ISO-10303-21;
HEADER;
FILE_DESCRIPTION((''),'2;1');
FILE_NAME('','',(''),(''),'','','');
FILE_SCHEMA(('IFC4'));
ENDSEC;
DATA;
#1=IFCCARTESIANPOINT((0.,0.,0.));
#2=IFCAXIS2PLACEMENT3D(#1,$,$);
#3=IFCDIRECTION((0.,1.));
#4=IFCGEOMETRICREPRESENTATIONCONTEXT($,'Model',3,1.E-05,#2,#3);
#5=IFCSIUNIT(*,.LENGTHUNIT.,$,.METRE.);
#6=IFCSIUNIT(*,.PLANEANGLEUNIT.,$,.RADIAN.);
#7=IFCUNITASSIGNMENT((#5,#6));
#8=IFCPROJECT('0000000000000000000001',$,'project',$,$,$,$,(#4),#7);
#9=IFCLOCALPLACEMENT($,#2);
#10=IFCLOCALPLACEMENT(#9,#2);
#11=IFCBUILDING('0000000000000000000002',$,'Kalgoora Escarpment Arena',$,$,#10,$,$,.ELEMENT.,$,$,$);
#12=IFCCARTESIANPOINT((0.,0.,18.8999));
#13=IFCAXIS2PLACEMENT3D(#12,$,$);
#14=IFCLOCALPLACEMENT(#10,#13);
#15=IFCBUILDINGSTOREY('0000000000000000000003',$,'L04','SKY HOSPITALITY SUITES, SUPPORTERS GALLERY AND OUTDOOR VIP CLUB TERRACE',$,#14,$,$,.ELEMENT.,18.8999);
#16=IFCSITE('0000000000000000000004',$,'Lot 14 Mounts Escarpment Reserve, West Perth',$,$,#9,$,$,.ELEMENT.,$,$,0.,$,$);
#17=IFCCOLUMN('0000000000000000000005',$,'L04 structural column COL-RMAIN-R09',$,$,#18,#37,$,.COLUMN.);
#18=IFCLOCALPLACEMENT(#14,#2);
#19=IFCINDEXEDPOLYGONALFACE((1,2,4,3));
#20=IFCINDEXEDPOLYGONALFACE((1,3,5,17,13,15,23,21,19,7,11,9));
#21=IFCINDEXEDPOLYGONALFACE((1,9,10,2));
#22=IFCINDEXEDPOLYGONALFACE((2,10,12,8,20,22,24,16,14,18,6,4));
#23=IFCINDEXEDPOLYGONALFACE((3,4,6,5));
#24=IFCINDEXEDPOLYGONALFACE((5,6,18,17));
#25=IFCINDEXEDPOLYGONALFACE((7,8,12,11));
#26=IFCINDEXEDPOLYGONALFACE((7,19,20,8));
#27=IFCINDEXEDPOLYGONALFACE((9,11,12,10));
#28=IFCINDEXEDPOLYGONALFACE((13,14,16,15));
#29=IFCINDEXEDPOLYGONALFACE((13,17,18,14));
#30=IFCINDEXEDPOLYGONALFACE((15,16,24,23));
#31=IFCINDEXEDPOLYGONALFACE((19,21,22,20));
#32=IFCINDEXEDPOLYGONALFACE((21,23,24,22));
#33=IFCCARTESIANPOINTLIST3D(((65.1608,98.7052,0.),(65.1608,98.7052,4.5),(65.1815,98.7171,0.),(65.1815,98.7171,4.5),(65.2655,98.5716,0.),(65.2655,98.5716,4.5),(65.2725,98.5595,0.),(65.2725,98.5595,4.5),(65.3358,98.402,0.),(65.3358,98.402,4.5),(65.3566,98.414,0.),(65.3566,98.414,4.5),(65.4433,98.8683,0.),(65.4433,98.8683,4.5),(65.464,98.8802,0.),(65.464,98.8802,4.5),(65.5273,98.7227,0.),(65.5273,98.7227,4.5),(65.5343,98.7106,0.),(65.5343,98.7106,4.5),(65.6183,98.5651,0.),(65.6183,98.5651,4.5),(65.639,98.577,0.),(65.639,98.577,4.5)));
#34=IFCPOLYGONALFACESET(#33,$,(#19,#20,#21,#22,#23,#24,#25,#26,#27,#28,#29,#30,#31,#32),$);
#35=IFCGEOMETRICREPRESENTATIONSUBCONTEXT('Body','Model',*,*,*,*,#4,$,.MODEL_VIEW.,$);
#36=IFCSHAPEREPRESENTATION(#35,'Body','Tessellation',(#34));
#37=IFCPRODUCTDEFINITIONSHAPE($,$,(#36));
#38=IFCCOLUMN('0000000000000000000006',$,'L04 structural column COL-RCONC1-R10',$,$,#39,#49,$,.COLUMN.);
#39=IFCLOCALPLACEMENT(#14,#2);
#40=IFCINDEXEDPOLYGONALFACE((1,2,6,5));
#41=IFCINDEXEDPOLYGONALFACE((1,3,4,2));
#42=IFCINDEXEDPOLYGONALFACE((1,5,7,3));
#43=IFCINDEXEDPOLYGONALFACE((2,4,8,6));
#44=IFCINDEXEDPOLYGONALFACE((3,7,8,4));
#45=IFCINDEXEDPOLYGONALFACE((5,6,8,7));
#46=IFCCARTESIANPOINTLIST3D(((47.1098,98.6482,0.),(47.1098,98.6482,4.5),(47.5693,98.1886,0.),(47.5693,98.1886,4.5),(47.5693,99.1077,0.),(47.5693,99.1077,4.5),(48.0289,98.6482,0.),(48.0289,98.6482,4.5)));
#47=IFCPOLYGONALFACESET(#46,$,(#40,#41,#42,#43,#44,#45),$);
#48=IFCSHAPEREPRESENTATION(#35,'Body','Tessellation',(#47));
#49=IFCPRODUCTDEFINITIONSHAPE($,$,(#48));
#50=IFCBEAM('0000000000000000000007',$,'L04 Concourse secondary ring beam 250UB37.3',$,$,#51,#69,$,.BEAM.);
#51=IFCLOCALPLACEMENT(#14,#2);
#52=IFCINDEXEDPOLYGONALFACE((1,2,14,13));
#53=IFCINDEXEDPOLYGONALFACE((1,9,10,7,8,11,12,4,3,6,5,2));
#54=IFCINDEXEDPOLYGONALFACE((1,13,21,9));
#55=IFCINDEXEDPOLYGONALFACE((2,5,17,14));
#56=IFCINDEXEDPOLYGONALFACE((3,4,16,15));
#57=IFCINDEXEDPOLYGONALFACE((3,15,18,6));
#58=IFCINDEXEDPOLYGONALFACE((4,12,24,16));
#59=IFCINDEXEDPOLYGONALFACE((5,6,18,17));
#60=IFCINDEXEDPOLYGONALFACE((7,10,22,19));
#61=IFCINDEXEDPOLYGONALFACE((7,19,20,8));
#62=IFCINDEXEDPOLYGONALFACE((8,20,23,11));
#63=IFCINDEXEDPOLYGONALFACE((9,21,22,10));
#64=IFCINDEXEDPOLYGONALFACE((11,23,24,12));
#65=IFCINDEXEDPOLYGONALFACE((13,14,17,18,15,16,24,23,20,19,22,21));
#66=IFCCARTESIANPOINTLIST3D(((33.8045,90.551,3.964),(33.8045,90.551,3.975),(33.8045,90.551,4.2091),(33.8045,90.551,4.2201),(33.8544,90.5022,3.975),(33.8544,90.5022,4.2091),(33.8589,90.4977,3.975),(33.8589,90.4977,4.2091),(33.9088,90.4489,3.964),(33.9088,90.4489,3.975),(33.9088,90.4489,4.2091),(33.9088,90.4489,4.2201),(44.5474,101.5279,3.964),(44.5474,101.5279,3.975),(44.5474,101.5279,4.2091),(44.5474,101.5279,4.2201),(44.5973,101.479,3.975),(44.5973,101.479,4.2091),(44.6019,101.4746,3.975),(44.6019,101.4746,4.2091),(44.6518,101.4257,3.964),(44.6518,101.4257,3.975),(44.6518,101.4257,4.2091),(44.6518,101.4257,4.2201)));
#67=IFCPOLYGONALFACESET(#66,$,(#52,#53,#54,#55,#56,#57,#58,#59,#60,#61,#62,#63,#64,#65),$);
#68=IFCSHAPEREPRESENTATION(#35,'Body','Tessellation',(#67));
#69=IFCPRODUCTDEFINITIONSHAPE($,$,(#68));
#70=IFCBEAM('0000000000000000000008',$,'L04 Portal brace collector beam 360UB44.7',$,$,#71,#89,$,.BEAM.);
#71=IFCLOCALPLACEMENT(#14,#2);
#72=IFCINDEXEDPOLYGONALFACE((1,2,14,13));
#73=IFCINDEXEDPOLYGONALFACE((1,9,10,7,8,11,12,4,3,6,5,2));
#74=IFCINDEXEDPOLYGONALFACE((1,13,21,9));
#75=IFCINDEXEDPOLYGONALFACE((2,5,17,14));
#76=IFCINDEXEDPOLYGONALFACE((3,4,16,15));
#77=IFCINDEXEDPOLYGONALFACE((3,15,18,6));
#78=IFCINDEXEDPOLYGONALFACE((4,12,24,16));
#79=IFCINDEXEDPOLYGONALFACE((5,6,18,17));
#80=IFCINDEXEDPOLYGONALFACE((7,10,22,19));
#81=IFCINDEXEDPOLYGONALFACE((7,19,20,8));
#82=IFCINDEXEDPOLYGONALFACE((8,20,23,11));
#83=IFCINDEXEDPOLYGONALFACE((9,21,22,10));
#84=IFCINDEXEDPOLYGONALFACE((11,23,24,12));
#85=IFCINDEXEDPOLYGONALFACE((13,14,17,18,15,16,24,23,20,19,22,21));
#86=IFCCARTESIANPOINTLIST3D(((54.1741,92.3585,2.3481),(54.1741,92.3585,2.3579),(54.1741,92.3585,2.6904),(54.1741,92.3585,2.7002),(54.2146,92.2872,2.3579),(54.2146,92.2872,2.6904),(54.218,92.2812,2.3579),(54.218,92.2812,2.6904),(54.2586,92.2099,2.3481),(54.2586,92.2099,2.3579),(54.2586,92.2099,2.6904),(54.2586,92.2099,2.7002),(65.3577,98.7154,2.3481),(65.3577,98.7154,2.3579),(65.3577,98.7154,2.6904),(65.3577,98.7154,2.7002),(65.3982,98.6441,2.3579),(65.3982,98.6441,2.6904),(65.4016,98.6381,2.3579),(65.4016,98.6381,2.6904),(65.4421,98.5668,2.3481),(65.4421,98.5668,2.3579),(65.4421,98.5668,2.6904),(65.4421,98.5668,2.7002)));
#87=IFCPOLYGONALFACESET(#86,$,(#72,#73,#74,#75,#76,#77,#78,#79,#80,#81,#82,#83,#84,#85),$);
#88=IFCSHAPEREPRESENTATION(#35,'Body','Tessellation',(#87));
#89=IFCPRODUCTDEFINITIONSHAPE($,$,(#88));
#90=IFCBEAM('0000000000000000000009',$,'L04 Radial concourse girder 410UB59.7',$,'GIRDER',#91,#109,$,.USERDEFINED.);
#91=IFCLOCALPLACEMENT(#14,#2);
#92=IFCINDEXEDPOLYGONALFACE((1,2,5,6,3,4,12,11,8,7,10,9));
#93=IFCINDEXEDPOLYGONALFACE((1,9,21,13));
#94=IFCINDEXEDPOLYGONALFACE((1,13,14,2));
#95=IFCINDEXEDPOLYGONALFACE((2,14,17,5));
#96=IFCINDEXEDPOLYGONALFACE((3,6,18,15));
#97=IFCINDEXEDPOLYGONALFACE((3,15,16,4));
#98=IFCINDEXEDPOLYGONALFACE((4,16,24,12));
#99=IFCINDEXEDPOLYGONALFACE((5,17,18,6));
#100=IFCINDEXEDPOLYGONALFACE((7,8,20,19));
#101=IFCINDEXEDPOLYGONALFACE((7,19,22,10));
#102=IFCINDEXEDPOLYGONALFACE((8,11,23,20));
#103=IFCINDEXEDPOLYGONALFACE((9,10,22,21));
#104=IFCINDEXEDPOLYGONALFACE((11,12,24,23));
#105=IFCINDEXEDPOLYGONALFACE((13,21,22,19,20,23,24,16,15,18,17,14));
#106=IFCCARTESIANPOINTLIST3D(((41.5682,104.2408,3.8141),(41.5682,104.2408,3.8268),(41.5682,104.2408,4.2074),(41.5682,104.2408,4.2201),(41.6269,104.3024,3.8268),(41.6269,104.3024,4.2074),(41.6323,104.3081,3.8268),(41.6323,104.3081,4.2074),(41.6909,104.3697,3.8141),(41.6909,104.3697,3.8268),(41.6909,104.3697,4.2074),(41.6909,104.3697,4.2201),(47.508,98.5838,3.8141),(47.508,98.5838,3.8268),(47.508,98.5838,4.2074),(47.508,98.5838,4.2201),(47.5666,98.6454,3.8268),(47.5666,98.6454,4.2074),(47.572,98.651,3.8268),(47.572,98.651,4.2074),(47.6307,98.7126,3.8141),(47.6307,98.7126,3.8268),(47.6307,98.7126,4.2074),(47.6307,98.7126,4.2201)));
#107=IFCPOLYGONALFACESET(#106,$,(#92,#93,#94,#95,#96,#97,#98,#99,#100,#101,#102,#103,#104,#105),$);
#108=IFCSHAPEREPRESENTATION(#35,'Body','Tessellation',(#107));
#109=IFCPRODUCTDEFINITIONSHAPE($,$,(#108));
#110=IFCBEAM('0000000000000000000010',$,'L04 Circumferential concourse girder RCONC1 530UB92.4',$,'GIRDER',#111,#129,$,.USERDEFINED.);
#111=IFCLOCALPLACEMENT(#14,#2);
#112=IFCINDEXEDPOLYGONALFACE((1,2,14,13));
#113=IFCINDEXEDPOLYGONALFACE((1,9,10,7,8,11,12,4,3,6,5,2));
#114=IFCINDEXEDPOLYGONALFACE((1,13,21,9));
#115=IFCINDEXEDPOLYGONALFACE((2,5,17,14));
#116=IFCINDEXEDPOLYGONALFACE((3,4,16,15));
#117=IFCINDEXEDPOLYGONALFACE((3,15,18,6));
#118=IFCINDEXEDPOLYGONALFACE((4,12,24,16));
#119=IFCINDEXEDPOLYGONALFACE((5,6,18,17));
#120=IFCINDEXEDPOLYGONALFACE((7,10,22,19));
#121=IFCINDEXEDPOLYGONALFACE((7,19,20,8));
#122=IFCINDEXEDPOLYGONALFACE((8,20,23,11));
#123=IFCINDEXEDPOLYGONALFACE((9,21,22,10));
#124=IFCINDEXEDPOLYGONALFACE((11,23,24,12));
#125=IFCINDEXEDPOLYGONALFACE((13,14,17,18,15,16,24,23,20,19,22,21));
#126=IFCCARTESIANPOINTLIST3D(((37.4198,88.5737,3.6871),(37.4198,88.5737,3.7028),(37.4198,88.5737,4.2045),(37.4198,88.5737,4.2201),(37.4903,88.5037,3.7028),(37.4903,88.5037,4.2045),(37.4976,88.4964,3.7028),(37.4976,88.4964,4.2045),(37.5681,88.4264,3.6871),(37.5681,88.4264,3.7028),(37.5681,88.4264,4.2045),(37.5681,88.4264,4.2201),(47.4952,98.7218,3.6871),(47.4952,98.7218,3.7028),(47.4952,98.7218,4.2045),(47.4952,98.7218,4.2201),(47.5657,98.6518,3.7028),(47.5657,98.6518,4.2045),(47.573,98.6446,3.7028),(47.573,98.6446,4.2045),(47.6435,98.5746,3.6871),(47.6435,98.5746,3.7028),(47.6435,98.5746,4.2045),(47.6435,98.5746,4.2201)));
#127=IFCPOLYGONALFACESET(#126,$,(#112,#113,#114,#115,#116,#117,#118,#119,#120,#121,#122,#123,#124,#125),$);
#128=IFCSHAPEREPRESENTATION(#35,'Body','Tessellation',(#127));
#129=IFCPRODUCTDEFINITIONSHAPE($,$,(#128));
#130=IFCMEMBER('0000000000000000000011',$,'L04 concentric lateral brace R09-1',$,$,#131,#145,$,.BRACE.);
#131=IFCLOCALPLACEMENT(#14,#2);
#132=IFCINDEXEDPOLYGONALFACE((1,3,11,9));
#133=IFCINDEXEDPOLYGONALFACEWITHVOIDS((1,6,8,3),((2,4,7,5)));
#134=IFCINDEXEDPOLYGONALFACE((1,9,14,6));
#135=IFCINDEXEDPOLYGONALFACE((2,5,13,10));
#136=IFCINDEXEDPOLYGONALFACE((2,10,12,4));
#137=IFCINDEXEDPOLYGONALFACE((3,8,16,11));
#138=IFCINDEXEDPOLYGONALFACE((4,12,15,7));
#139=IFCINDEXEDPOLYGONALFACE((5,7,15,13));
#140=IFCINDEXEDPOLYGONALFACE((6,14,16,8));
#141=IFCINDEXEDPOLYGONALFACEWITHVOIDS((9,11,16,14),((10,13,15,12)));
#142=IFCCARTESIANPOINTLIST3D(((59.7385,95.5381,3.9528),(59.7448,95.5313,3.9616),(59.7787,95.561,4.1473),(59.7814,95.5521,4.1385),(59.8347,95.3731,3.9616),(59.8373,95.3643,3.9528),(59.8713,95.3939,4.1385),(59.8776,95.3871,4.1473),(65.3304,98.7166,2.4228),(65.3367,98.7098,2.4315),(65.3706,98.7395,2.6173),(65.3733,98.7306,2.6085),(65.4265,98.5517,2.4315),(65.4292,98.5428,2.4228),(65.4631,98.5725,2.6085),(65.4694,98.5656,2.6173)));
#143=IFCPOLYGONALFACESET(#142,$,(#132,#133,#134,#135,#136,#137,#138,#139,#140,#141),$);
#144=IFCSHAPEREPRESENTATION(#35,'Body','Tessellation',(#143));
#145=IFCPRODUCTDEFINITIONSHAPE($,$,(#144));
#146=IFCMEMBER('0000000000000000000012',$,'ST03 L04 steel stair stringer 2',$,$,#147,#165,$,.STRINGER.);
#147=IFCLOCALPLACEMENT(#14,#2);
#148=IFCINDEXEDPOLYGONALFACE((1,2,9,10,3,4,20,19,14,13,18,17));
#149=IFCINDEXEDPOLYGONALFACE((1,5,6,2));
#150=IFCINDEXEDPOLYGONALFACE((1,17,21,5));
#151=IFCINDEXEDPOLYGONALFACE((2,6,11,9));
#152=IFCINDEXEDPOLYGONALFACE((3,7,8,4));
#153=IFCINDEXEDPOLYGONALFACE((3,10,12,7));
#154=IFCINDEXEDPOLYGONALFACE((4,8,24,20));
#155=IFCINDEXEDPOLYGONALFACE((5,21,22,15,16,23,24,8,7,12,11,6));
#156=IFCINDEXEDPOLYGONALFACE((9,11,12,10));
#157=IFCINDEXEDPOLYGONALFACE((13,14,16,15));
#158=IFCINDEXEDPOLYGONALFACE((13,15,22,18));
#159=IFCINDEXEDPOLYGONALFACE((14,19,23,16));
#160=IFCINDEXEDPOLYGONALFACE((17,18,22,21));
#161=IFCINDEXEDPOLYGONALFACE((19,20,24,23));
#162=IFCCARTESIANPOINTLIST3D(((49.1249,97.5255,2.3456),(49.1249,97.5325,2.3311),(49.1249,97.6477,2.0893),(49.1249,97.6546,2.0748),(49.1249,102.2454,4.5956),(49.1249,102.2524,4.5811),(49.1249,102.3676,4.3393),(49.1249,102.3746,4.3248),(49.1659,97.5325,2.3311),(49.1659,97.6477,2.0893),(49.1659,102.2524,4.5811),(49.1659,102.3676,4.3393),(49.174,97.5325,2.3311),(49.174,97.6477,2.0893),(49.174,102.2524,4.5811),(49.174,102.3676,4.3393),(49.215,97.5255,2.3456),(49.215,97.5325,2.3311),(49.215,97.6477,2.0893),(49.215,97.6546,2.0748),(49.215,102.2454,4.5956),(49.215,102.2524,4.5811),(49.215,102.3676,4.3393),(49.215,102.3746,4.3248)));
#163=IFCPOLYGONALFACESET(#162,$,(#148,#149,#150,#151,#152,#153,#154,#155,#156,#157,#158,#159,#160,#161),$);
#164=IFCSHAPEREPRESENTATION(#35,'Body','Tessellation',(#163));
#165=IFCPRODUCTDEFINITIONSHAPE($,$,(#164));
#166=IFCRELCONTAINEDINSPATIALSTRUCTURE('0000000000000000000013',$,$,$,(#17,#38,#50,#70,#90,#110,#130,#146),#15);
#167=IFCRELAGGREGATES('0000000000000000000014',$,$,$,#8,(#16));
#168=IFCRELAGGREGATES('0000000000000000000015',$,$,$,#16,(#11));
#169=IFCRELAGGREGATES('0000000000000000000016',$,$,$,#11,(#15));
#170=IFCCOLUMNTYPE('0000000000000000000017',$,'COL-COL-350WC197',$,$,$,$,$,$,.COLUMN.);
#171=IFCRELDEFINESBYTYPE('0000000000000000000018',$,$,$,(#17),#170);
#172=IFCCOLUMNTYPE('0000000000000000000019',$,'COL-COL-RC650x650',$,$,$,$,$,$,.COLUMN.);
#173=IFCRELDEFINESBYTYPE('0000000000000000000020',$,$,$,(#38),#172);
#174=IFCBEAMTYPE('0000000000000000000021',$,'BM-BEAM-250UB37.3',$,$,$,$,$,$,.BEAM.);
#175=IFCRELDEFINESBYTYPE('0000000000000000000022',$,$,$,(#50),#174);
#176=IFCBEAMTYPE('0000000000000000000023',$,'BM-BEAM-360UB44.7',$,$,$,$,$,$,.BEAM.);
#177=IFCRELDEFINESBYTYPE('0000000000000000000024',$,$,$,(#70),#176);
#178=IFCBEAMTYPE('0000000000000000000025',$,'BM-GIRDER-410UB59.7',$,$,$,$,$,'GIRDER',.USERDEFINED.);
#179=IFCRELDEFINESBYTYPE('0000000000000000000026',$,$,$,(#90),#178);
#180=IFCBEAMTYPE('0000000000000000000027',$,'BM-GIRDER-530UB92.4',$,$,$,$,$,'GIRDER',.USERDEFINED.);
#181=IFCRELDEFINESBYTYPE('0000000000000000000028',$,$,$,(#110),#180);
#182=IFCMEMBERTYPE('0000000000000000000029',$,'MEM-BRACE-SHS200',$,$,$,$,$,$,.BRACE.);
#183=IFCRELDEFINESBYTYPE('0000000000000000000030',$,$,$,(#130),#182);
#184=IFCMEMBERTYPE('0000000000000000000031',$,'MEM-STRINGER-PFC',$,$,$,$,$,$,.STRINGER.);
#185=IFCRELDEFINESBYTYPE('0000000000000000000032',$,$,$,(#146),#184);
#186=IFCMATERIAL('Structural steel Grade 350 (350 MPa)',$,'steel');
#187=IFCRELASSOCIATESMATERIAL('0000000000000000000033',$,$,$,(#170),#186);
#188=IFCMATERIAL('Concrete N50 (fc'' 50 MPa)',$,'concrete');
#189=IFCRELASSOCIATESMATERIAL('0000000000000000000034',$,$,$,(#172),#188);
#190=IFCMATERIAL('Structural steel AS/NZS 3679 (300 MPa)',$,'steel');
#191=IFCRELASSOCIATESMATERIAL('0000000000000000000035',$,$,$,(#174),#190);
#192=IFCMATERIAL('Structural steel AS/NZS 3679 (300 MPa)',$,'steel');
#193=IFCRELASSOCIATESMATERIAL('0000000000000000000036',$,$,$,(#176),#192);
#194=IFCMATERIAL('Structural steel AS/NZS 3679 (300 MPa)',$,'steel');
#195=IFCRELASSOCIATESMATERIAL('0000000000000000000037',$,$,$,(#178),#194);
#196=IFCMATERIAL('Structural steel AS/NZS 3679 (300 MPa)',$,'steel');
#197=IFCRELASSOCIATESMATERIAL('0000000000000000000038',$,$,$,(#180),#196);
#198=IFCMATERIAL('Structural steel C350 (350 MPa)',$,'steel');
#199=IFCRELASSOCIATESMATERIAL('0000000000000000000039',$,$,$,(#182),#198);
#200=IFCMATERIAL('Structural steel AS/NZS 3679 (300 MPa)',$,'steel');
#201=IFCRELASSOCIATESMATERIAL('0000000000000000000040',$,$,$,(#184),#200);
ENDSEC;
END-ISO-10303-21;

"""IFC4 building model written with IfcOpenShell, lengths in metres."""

from ifc_helpers import new_model, si_unit, direction, frame, origin, origin_2d, place, context, subcontext, project, spatial, rectangle, hollow_rectangle, i_section, extrude, material, material_profile, profile_set, type_object, element, save


model = new_model("IFC4")

# Units and contexts
model_context = context("Model", 3, precision=1e-05, world=origin(), true_north=direction((0.0, 1.0)))
body_context = subcontext(model_context, "Body", "Model", "MODEL_VIEW")
ifc_project = project(units=[si_unit("LENGTHUNIT", "METRE"), si_unit("PLANEANGLEUNIT", "RADIAN")], contexts=[model_context])

# Site, building, storey
site_placement = place(None, origin())
site = spatial("IfcSite", under=ifc_project, at=site_placement, Name="Lot 14 Mounts Escarpment Reserve, West Perth", CompositionType="ELEMENT", RefElevation=0.0)
building_placement = place(site_placement, origin())
building = spatial("IfcBuilding", under=site, at=building_placement, Name="Kalgoora Escarpment Arena", CompositionType="ELEMENT")
storey_placement = place(building_placement, frame((0.0, 0.0, 18.8999)))
storey = spatial("IfcBuildingStorey", under=building, at=storey_placement, Name="L04", Description="SKY HOSPITALITY SUITES, SUPPORTERS GALLERY AND OUTDOOR VIP CLUB TERRACE", CompositionType="ELEMENT", Elevation=18.8999)

# Columns
ifc_material_1 = material(Name="Structural steel Grade 350 (350 MPa)", Category="steel")
ifc_material_profile_1 = material_profile(ifc_material_1, i_section(OverallWidth=0.3501, OverallDepth=0.3501, WebThickness=0.0139, FlangeThickness=0.0239, at=origin_2d()))
ifc_profile_set_1 = profile_set([ifc_material_profile_1], Name="Structural steel Grade 350 (350 MPa)")
column_type_1 = type_object("IfcColumnType", Name="COL-COL-350WC197", PredefinedType="COLUMN", material=ifc_profile_set_1)
column_1_placement = place(storey_placement, frame((65.3999, 98.6411, 0.0), z_axis=(0.0, 0.0, 1.0), x_axis=(-0.5, 0.866025, 0.0)))
element("IfcColumn", 1, at=column_1_placement, inside=storey, type_object=column_type_1, Name="L04 structural column COL-RMAIN-R09", PredefinedType="COLUMN", context=body_context, shape_type="SweptSolid", body=[
    extrude(i_section(OverallWidth=0.3501, OverallDepth=0.3501, WebThickness=0.0139, FlangeThickness=0.0239, at=origin_2d()), origin(), (0.0, 0.0, 1.0), 4.5),
])
ifc_material_2 = material(Name="Concrete N50 (fc' 50 MPa)", Category="concrete")
ifc_material_profile_2 = material_profile(ifc_material_2, rectangle(XDim=0.6499, YDim=0.6499, at=origin_2d()))
ifc_profile_set_2 = profile_set([ifc_material_profile_2], Name="Concrete N50 (fc' 50 MPa)")
column_type_2 = type_object("IfcColumnType", Name="COL-COL-RC650x650", PredefinedType="COLUMN", material=ifc_profile_set_2)
column_2_placement = place(storey_placement, frame((47.5693, 98.6482, 0.0), z_axis=(0.0, 0.0, 1.0), x_axis=(-0.707107, 0.707107, 0.0)))
element("IfcColumn", 2, at=column_2_placement, inside=storey, type_object=column_type_2, Name="L04 structural column COL-RCONC1-R10", PredefinedType="COLUMN", context=body_context, shape_type="SweptSolid", body=[
    extrude(rectangle(XDim=0.6499, YDim=0.6499, at=origin_2d()), origin(), (0.0, 0.0, 1.0), 4.5),
])

# Beams
ifc_material_3 = material(Name="Structural steel AS/NZS 3679 (300 MPa)", Category="steel")
ifc_material_profile_3 = material_profile(ifc_material_3, i_section(OverallWidth=0.146, OverallDepth=0.2561, WebThickness=0.0063, FlangeThickness=0.011, at=origin_2d()))
ifc_profile_set_3 = profile_set([ifc_material_profile_3], Name="Structural steel AS/NZS 3679 (300 MPa)")
beam_type_1 = type_object("IfcBeamType", Name="BM-BEAM-250UB37.3", PredefinedType="BEAM", material=ifc_profile_set_3)
beam_1_placement = place(storey_placement, frame((44.5996, 101.4768, 4.092), z_axis=(-0.699452, -0.71468, 0.0), x_axis=(0.71468, -0.699452, 0.0)))
element("IfcBeam", 3, at=beam_1_placement, inside=storey, type_object=beam_type_1, Name="L04 Concourse secondary ring beam 250UB37.3", PredefinedType="BEAM", context=body_context, shape_type="SweptSolid", body=[
    extrude(i_section(OverallWidth=0.146, OverallDepth=0.2561, WebThickness=0.0063, FlangeThickness=0.011, at=origin_2d()), origin(), (0.0, 0.0, 1.0), 15.3591),
])
ifc_material_4 = material(Name="Structural steel AS/NZS 3679 (300 MPa)", Category="steel")
ifc_material_profile_4 = material_profile(ifc_material_4, i_section(OverallWidth=0.1709, OverallDepth=0.3521, WebThickness=0.0068, FlangeThickness=0.0098, at=origin_2d()))
ifc_profile_set_4 = profile_set([ifc_material_profile_4], Name="Structural steel AS/NZS 3679 (300 MPa)")
beam_type_2 = type_object("IfcBeamType", Name="BM-BEAM-360UB44.7", PredefinedType="BEAM", material=ifc_profile_set_4)
beam_2_placement = place(storey_placement, frame((65.3999, 98.6411, 2.5242), z_axis=(-0.869369, -0.494163, 0.0), x_axis=(0.494163, -0.869369, 0.0)))
element("IfcBeam", 4, at=beam_2_placement, inside=storey, type_object=beam_type_2, Name="L04 Portal brace collector beam 360UB44.7", PredefinedType="BEAM", context=body_context, shape_type="SweptSolid", body=[
    extrude(i_section(OverallWidth=0.1709, OverallDepth=0.3521, WebThickness=0.0068, FlangeThickness=0.0098, at=origin_2d()), origin(), (0.0, 0.0, 1.0), 12.864),
])
ifc_material_5 = material(Name="Structural steel AS/NZS 3679 (300 MPa)", Category="steel")
ifc_material_profile_5 = material_profile(ifc_material_5, i_section(OverallWidth=0.178, OverallDepth=0.406, WebThickness=0.0078, FlangeThickness=0.0127, at=origin_2d()))
ifc_profile_set_5 = profile_set([ifc_material_profile_5], Name="Structural steel AS/NZS 3679 (300 MPa)")
beam_type_3 = type_object("IfcBeamType", Name="BM-GIRDER-410UB59.7", ElementType="GIRDER", PredefinedType="USERDEFINED", material=ifc_profile_set_5)
beam_3_placement = place(storey_placement, frame((47.5693, 98.6482, 4.0171), z_axis=(-0.72413, 0.689663, 0.0), x_axis=(-0.689663, -0.72413, 0.0)))
element("IfcBeam", 5, at=beam_3_placement, inside=storey, type_object=beam_type_3, Name="L04 Radial concourse girder 410UB59.7", ObjectType="GIRDER", PredefinedType="USERDEFINED", context=body_context, shape_type="SweptSolid", body=[
    extrude(i_section(OverallWidth=0.178, OverallDepth=0.406, WebThickness=0.0078, FlangeThickness=0.0127, at=origin_2d()), origin(), (0.0, 0.0, 1.0), 8.2026),
])
ifc_material_6 = material(Name="Structural steel AS/NZS 3679 (300 MPa)", Category="steel")
ifc_material_profile_6 = material_profile(ifc_material_6, i_section(OverallWidth=0.209, OverallDepth=0.533, WebThickness=0.0103, FlangeThickness=0.0156, at=origin_2d()))
ifc_profile_set_6 = profile_set([ifc_material_profile_6], Name="Structural steel AS/NZS 3679 (300 MPa)")
beam_type_4 = type_object("IfcBeamType", Name="BM-GIRDER-530UB92.4", ElementType="GIRDER", PredefinedType="USERDEFINED", material=ifc_profile_set_6)
beam_4_placement = place(storey_placement, frame((47.5693, 98.6482, 3.9536), z_axis=(-0.704558, -0.709646, 0.0), x_axis=(0.709646, -0.704558, 0.0)))
element("IfcBeam", 6, at=beam_4_placement, inside=storey, type_object=beam_type_4, Name="L04 Circumferential concourse girder RCONC1 530UB92.4", ObjectType="GIRDER", PredefinedType="USERDEFINED", context=body_context, shape_type="SweptSolid", body=[
    extrude(i_section(OverallWidth=0.209, OverallDepth=0.533, WebThickness=0.0103, FlangeThickness=0.0156, at=origin_2d()), origin(), (0.0, 0.0, 1.0), 14.3003),
])

# Members
ifc_material_7 = material(Name="Structural steel C350 (350 MPa)", Category="steel")
ifc_material_profile_7 = material_profile(ifc_material_7, hollow_rectangle(XDim=0.2, YDim=0.2, WallThickness=0.009, at=origin_2d()))
ifc_profile_set_7 = profile_set([ifc_material_profile_7], Name="Structural steel C350 (350 MPa)")
member_type_1 = type_object("IfcMemberType", Name="MEM-BRACE-SHS200", PredefinedType="BRACE", material=ifc_profile_set_7)
member_1_placement = place(storey_placement, frame((65.3999, 98.6411, 2.52), z_axis=(-0.845769, -0.480749, 0.23142), x_axis=(0.494163, -0.869369, 0.0)))
element("IfcMember", 7, at=member_1_placement, inside=storey, type_object=member_type_1, Name="L04 concentric lateral brace R09-1", PredefinedType="BRACE", context=body_context, shape_type="SweptSolid", body=[
    extrude(hollow_rectangle(XDim=0.2, YDim=0.2, WallThickness=0.009, at=origin_2d()), origin(), (0.0, 0.0, 1.0), 6.6116),
])
ifc_material_8 = material(Name="Structural steel AS/NZS 3679 (300 MPa)", Category="steel")
ifc_material_profile_8 = material_profile(ifc_material_8, i_section(OverallWidth=0.0901, OverallDepth=0.3, WebThickness=0.0081, FlangeThickness=0.0161, at=origin_2d()))
ifc_profile_set_8 = profile_set([ifc_material_profile_8], Name="Structural steel AS/NZS 3679 (300 MPa)")
member_type_2 = type_object("IfcMemberType", Name="MEM-STRINGER-PFC", PredefinedType="STRINGER", material=ifc_profile_set_8)
member_2_placement = place(storey_placement, frame((49.1699, 97.5901, 2.2102), z_axis=(0.0, 0.902683, 0.430307), x_axis=(-1.0, 0.0, 0.0)))
element("IfcMember", 8, at=member_2_placement, inside=storey, type_object=member_type_2, Name="ST03 L04 steel stair stringer 2", PredefinedType="STRINGER", context=body_context, shape_type="SweptSolid", body=[
    extrude(i_section(OverallWidth=0.0901, OverallDepth=0.3, WebThickness=0.0081, FlangeThickness=0.0161, at=origin_2d()), origin(), (0.0, 0.0, 1.0), 5.2288),
])

save(model, "model.ifc")
